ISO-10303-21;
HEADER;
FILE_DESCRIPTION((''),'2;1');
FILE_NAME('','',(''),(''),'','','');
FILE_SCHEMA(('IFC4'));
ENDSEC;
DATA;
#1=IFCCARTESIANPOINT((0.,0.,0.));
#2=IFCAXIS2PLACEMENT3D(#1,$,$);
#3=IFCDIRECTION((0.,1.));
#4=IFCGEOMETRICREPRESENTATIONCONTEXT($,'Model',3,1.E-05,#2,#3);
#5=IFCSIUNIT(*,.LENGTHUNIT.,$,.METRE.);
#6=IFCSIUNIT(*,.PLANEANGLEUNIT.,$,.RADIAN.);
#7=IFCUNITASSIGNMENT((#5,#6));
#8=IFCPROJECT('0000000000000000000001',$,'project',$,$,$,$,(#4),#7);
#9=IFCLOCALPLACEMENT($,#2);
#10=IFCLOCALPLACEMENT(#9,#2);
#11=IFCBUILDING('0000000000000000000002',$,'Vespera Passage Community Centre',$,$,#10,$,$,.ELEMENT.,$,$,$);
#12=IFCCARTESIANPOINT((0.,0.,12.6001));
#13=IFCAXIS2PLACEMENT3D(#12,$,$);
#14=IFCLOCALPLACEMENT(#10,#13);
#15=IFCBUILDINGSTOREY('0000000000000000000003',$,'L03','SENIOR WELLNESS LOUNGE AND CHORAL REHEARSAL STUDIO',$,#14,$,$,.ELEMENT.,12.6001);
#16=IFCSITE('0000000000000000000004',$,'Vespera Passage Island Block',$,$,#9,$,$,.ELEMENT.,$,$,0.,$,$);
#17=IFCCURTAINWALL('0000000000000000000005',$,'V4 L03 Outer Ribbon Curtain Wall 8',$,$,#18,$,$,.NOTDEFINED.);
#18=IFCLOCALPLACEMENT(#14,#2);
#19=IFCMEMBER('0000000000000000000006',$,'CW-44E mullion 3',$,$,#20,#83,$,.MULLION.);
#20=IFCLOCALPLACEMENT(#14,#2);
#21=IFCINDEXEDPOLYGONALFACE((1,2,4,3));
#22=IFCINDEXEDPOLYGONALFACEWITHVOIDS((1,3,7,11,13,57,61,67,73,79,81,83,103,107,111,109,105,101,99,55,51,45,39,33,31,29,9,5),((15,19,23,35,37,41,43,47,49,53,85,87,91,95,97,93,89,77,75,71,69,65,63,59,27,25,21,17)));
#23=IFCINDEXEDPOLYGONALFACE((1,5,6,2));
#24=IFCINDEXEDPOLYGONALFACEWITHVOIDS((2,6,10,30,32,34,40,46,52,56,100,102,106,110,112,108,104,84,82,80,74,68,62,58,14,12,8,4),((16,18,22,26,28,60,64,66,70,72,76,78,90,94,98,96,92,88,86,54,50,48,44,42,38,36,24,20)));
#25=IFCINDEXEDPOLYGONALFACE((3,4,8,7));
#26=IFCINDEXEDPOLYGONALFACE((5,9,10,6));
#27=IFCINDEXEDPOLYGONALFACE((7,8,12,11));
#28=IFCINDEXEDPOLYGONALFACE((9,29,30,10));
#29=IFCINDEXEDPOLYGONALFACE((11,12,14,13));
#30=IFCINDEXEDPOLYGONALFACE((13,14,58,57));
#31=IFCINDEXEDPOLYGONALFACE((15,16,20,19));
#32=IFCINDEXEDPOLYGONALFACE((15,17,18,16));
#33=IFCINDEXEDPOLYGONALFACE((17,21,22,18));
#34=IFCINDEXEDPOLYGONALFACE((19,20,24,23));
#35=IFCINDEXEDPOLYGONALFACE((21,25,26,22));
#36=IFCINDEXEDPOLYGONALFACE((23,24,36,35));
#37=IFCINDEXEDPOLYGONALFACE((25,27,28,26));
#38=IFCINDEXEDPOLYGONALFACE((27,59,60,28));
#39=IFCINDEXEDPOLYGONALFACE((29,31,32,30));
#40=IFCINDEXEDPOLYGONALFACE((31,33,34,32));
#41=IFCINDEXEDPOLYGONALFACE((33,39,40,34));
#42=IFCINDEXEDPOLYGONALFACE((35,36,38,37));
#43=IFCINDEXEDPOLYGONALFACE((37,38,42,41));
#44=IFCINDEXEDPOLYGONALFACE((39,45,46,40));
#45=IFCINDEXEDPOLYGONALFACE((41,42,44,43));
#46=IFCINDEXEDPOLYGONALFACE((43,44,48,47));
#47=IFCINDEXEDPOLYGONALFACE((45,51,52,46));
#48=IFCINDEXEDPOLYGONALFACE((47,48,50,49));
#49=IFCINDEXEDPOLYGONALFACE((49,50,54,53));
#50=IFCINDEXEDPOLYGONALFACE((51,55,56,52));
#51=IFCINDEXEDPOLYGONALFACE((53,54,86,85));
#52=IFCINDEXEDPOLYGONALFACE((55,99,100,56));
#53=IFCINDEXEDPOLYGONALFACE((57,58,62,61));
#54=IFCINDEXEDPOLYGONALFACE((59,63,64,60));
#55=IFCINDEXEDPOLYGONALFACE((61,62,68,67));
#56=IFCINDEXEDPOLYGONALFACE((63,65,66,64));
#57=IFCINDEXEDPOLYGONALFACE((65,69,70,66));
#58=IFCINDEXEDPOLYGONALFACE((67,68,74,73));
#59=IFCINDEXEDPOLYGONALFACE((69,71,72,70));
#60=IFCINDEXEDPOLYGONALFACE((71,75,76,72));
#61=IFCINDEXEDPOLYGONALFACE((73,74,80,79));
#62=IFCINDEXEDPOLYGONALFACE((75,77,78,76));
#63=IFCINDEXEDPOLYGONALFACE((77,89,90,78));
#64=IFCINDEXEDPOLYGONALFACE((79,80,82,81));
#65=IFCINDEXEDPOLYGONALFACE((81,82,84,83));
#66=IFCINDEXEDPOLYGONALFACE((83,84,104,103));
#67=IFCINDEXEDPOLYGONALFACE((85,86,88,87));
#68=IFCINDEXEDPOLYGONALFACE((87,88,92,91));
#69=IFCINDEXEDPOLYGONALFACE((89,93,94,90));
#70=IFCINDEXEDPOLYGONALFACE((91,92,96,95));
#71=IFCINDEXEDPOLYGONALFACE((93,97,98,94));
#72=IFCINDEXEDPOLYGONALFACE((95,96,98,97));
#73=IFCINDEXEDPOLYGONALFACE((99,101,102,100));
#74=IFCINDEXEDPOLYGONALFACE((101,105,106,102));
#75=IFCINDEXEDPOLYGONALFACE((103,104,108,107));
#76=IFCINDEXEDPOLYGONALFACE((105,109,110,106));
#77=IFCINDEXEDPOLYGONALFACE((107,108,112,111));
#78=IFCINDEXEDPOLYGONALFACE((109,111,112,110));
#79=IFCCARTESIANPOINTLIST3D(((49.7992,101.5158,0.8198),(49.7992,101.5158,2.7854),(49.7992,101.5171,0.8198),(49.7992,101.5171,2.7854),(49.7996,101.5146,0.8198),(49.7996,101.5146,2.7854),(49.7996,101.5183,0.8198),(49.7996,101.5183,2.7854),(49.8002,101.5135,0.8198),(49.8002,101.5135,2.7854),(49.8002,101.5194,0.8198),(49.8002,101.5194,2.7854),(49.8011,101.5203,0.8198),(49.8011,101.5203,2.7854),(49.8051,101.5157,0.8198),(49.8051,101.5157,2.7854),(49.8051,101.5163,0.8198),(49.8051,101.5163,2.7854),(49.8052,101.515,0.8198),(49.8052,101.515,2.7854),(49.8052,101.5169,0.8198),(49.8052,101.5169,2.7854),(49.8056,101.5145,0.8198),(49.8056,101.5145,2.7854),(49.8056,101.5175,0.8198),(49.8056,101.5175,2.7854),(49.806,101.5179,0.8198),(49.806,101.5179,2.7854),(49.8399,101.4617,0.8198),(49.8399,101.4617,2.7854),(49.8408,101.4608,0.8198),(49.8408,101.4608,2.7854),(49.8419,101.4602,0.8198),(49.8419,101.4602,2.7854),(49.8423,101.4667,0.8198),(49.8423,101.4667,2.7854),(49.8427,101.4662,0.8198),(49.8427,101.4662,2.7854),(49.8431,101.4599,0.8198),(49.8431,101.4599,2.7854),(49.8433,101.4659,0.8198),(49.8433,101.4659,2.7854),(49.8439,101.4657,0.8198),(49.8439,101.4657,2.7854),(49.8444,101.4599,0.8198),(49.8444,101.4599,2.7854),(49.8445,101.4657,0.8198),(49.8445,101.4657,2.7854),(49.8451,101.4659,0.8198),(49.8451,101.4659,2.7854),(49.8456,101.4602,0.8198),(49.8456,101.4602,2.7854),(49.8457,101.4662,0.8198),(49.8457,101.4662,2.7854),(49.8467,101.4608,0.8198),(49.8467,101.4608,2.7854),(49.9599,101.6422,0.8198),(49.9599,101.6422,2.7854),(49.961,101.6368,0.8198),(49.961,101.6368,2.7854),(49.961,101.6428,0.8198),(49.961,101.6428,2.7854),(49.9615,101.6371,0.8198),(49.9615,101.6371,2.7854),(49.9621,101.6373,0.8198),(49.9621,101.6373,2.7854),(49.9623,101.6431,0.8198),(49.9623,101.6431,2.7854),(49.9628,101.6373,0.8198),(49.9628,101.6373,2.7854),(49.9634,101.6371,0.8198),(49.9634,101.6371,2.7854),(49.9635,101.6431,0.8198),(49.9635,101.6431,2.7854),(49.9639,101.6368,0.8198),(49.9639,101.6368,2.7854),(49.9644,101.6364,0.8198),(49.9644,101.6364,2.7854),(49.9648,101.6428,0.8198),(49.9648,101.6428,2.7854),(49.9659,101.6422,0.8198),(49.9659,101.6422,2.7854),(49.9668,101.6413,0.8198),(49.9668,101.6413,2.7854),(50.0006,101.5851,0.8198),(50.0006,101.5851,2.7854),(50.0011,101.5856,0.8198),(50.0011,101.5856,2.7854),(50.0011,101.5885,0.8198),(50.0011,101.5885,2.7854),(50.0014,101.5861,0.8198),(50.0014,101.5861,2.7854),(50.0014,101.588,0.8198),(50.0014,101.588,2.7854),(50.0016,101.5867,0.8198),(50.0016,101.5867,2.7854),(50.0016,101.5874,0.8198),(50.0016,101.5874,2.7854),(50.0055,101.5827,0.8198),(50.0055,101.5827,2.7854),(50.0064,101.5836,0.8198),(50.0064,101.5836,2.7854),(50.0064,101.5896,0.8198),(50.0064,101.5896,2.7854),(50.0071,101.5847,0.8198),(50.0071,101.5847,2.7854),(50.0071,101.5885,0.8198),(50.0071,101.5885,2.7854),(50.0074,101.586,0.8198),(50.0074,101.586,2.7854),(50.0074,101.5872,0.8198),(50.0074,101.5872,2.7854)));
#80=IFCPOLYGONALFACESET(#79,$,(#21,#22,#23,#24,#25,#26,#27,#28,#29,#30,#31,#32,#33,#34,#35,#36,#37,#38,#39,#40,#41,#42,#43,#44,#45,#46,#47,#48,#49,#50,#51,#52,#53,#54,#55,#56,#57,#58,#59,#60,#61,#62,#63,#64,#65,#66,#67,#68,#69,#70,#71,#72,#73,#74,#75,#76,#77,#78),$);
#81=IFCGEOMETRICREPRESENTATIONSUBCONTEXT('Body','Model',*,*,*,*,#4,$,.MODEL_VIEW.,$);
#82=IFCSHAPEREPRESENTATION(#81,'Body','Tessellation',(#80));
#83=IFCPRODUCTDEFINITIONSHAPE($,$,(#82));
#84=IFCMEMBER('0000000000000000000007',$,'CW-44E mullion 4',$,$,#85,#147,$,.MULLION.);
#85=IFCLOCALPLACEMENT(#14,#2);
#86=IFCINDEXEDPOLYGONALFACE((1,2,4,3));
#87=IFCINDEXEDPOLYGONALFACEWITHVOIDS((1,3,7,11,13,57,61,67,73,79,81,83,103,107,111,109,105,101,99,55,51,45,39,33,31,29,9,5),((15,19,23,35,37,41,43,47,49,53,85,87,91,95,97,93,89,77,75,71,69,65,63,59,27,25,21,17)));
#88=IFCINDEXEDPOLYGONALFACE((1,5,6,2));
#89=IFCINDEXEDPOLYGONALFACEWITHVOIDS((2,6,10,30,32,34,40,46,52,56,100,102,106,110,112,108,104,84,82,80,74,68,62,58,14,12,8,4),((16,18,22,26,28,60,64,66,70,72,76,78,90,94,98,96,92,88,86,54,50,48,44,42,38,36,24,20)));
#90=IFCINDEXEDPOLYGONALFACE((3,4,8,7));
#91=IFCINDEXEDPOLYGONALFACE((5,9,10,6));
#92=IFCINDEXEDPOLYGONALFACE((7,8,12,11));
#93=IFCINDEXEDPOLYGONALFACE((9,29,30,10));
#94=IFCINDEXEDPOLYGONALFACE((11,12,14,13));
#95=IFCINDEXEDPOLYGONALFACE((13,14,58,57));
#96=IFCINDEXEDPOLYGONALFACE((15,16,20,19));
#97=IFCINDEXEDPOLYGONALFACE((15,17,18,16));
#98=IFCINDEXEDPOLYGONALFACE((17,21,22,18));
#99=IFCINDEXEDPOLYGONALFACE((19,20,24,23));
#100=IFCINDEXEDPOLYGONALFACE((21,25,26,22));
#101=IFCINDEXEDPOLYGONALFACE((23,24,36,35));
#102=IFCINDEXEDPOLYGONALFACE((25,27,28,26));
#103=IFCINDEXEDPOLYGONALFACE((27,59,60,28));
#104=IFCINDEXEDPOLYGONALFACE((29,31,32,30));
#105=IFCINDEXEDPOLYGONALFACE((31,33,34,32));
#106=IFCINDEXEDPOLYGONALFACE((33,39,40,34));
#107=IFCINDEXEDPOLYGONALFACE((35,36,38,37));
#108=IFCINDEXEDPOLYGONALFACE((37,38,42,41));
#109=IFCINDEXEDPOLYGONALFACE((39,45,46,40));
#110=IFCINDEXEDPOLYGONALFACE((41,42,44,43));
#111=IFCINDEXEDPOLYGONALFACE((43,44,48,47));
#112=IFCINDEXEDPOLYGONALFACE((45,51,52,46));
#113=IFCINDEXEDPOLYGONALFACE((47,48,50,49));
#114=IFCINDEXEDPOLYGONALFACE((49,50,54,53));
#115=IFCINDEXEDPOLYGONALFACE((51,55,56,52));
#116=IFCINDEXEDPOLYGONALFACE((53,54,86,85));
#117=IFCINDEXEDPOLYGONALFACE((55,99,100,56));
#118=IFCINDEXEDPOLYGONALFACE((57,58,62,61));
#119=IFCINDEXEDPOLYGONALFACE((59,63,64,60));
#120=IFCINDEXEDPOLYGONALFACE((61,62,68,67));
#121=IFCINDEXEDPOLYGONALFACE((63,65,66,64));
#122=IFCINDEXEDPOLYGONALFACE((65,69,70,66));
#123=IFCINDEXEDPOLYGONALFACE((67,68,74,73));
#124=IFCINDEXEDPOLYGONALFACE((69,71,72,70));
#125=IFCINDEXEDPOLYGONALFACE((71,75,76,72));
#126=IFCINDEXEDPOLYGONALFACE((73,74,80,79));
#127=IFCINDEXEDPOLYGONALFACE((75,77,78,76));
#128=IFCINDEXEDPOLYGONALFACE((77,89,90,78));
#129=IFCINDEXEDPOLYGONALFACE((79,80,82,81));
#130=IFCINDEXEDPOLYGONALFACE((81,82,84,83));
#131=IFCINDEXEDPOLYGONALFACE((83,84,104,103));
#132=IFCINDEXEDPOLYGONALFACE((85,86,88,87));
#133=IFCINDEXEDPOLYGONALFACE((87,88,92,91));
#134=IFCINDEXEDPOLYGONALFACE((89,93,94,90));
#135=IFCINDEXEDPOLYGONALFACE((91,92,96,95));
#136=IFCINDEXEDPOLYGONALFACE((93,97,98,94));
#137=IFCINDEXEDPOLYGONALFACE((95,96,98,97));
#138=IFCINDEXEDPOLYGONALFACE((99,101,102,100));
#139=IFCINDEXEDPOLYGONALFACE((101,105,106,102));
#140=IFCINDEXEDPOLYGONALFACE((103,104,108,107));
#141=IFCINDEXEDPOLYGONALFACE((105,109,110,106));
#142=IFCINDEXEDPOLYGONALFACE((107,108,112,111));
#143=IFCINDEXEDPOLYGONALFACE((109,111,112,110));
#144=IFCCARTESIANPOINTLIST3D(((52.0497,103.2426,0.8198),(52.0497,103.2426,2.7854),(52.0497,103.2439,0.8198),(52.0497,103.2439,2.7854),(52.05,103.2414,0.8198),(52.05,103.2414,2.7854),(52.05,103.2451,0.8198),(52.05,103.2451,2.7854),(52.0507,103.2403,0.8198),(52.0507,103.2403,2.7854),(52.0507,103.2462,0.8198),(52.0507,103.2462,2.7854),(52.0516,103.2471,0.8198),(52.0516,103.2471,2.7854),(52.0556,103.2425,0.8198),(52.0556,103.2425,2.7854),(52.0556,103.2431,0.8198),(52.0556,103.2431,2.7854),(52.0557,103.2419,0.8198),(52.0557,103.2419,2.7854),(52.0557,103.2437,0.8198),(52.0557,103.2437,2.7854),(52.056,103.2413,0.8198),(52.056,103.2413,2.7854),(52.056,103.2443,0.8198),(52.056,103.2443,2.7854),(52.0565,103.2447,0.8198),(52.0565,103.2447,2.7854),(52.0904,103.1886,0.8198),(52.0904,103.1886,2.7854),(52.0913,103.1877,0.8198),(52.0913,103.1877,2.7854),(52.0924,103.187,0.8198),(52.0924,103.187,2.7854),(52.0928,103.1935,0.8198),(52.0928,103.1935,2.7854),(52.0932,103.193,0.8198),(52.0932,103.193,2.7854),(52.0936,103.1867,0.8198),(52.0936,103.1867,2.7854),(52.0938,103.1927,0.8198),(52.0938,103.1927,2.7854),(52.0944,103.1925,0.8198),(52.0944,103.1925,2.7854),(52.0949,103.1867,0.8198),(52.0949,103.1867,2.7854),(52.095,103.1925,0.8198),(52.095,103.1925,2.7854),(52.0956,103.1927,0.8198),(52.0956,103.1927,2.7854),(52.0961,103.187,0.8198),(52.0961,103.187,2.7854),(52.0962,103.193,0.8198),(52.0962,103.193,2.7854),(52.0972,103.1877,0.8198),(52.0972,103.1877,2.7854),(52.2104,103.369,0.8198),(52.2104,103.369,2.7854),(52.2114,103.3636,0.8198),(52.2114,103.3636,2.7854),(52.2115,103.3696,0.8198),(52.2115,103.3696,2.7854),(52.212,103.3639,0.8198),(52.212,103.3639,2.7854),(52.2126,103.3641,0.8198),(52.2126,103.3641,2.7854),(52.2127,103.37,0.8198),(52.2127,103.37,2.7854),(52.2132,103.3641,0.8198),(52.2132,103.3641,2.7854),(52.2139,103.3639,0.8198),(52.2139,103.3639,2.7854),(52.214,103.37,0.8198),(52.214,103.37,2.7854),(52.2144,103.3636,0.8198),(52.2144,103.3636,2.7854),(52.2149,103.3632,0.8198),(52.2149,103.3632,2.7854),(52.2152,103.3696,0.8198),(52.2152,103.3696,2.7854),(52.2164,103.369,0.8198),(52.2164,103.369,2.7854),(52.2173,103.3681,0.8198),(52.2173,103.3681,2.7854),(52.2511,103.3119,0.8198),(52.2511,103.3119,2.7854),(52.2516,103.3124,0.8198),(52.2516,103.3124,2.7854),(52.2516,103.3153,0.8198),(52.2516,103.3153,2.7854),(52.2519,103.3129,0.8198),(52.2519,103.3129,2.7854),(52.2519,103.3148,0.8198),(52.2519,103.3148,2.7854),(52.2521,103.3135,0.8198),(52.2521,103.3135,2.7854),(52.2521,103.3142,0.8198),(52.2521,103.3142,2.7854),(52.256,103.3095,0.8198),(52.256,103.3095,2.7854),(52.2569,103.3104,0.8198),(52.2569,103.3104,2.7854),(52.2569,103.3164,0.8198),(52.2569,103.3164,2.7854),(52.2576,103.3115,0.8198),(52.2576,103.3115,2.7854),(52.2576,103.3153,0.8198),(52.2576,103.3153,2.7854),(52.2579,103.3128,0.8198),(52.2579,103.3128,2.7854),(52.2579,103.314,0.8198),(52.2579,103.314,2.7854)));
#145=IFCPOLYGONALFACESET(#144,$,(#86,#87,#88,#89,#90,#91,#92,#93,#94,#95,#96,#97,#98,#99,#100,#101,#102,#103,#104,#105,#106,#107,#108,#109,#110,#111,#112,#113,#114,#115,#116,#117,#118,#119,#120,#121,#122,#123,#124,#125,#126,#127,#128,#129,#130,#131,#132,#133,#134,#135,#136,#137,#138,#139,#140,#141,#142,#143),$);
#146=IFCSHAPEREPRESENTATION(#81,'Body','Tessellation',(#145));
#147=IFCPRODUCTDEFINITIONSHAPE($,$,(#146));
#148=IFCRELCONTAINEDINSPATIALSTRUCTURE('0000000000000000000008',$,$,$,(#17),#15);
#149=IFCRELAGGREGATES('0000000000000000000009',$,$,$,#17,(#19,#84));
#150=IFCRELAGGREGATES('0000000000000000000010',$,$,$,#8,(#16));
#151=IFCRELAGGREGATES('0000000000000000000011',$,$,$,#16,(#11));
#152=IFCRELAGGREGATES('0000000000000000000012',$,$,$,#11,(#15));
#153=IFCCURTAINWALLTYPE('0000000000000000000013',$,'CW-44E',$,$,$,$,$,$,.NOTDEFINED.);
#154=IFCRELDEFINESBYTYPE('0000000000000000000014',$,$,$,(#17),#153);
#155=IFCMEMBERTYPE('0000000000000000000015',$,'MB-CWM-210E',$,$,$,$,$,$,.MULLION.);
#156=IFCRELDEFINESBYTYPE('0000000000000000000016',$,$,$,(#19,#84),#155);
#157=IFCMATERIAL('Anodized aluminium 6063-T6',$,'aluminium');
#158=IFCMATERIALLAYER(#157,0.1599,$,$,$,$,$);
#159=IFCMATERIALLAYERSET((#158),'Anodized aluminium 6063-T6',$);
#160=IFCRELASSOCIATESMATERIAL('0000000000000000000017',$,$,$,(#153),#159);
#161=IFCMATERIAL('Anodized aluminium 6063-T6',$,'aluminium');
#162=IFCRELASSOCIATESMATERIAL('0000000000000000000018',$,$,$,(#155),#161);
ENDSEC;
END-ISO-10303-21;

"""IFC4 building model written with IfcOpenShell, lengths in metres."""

from ifc_helpers import new_model, si_unit, direction, frame, origin, origin_2d, place, context, subcontext, project, spatial, hollow_rectangle, extrude, material, layer, layer_set, material_profile, profile_set, type_object, element, aggregate, save


model = new_model("IFC4")

# Units and contexts
model_context = context("Model", 3, precision=1e-05, world=origin(), true_north=direction((0.0, 1.0)))
body_context = subcontext(model_context, "Body", "Model", "MODEL_VIEW")
ifc_project = project(units=[si_unit("LENGTHUNIT", "METRE"), si_unit("PLANEANGLEUNIT", "RADIAN")], contexts=[model_context])

# Site, building, storey
site_placement = place(None, origin())
site = spatial("IfcSite", under=ifc_project, at=site_placement, Name="Vespera Passage Island Block", CompositionType="ELEMENT", RefElevation=0.0)
building_placement = place(site_placement, origin())
building = spatial("IfcBuilding", under=site, at=building_placement, Name="Vespera Passage Community Centre", CompositionType="ELEMENT")
storey_placement = place(building_placement, frame((0.0, 0.0, 12.6001)))
storey = spatial("IfcBuildingStorey", under=building, at=storey_placement, Name="L03", Description="SENIOR WELLNESS LOUNGE AND CHORAL REHEARSAL STUDIO", CompositionType="ELEMENT", Elevation=12.6001)

# Curtain wall, members
ifc_material_1 = material(Name="Anodized aluminium 6063-T6", Category="aluminium")
ifc_layer_1 = layer(ifc_material_1, 0.1599)
ifc_layer_set_1 = layer_set([ifc_layer_1], Name="Anodized aluminium 6063-T6")
curtain_wall_type_1 = type_object("IfcCurtainWallType", Name="CW-44E", PredefinedType="NOTDEFINED", material=ifc_layer_set_1)
curtain_wall_1_placement = place(storey_placement, origin())
curtain_wall_1 = element("IfcCurtainWall", 1, at=curtain_wall_1_placement, inside=storey, type_object=curtain_wall_type_1, Name="V4 L03 Outer Ribbon Curtain Wall 8", PredefinedType="NOTDEFINED")
ifc_material_2 = material(Name="Anodized aluminium 6063-T6", Category="aluminium")
ifc_material_profile_1 = material_profile(ifc_material_2, hollow_rectangle(XDim=0.075, YDim=0.21, WallThickness=0.0049, InnerFilletRadius=0.0024, OuterFilletRadius=0.0049, at=origin_2d()), Name="ALU210X75X5")
ifc_profile_set_1 = profile_set([ifc_material_profile_1], Name="Anodized aluminium 6063-T6")
member_type_1 = type_object("IfcMemberType", Name="MB-CWM-210E", PredefinedType="MULLION", material=ifc_profile_set_1)
member_1_placement = place(storey_placement, frame((49.9033, 101.5515, 0.8198), z_axis=(0.0, 0.0, 1.0), x_axis=(-0.608768, 0.793348, 0.0)))
member_1 = element("IfcMember", 2, at=member_1_placement, type_object=member_type_1, Name="CW-44E mullion 3", PredefinedType="MULLION", context=body_context, shape_type="SweptSolid", body=[
    extrude(hollow_rectangle(XDim=0.075, YDim=0.21, WallThickness=0.0049, InnerFilletRadius=0.0024, OuterFilletRadius=0.0049, at=origin_2d()), origin(), (0.0, 0.0, 1.0), 1.9656),
])
member_2_placement = place(storey_placement, frame((52.1538, 103.2783, 0.8198), z_axis=(0.0, 0.0, 1.0), x_axis=(-0.608768, 0.793348, 0.0)))
member_2 = element("IfcMember", 3, at=member_2_placement, type_object=member_type_1, Name="CW-44E mullion 4", PredefinedType="MULLION", context=body_context, shape_type="SweptSolid", body=[
    extrude(hollow_rectangle(XDim=0.075, YDim=0.21, WallThickness=0.0049, InnerFilletRadius=0.0024, OuterFilletRadius=0.0049, at=origin_2d()), origin(), (0.0, 0.0, 1.0), 1.9656),
])

aggregate(curtain_wall_1, [member_1, member_2])

save(model, "model.ifc")
